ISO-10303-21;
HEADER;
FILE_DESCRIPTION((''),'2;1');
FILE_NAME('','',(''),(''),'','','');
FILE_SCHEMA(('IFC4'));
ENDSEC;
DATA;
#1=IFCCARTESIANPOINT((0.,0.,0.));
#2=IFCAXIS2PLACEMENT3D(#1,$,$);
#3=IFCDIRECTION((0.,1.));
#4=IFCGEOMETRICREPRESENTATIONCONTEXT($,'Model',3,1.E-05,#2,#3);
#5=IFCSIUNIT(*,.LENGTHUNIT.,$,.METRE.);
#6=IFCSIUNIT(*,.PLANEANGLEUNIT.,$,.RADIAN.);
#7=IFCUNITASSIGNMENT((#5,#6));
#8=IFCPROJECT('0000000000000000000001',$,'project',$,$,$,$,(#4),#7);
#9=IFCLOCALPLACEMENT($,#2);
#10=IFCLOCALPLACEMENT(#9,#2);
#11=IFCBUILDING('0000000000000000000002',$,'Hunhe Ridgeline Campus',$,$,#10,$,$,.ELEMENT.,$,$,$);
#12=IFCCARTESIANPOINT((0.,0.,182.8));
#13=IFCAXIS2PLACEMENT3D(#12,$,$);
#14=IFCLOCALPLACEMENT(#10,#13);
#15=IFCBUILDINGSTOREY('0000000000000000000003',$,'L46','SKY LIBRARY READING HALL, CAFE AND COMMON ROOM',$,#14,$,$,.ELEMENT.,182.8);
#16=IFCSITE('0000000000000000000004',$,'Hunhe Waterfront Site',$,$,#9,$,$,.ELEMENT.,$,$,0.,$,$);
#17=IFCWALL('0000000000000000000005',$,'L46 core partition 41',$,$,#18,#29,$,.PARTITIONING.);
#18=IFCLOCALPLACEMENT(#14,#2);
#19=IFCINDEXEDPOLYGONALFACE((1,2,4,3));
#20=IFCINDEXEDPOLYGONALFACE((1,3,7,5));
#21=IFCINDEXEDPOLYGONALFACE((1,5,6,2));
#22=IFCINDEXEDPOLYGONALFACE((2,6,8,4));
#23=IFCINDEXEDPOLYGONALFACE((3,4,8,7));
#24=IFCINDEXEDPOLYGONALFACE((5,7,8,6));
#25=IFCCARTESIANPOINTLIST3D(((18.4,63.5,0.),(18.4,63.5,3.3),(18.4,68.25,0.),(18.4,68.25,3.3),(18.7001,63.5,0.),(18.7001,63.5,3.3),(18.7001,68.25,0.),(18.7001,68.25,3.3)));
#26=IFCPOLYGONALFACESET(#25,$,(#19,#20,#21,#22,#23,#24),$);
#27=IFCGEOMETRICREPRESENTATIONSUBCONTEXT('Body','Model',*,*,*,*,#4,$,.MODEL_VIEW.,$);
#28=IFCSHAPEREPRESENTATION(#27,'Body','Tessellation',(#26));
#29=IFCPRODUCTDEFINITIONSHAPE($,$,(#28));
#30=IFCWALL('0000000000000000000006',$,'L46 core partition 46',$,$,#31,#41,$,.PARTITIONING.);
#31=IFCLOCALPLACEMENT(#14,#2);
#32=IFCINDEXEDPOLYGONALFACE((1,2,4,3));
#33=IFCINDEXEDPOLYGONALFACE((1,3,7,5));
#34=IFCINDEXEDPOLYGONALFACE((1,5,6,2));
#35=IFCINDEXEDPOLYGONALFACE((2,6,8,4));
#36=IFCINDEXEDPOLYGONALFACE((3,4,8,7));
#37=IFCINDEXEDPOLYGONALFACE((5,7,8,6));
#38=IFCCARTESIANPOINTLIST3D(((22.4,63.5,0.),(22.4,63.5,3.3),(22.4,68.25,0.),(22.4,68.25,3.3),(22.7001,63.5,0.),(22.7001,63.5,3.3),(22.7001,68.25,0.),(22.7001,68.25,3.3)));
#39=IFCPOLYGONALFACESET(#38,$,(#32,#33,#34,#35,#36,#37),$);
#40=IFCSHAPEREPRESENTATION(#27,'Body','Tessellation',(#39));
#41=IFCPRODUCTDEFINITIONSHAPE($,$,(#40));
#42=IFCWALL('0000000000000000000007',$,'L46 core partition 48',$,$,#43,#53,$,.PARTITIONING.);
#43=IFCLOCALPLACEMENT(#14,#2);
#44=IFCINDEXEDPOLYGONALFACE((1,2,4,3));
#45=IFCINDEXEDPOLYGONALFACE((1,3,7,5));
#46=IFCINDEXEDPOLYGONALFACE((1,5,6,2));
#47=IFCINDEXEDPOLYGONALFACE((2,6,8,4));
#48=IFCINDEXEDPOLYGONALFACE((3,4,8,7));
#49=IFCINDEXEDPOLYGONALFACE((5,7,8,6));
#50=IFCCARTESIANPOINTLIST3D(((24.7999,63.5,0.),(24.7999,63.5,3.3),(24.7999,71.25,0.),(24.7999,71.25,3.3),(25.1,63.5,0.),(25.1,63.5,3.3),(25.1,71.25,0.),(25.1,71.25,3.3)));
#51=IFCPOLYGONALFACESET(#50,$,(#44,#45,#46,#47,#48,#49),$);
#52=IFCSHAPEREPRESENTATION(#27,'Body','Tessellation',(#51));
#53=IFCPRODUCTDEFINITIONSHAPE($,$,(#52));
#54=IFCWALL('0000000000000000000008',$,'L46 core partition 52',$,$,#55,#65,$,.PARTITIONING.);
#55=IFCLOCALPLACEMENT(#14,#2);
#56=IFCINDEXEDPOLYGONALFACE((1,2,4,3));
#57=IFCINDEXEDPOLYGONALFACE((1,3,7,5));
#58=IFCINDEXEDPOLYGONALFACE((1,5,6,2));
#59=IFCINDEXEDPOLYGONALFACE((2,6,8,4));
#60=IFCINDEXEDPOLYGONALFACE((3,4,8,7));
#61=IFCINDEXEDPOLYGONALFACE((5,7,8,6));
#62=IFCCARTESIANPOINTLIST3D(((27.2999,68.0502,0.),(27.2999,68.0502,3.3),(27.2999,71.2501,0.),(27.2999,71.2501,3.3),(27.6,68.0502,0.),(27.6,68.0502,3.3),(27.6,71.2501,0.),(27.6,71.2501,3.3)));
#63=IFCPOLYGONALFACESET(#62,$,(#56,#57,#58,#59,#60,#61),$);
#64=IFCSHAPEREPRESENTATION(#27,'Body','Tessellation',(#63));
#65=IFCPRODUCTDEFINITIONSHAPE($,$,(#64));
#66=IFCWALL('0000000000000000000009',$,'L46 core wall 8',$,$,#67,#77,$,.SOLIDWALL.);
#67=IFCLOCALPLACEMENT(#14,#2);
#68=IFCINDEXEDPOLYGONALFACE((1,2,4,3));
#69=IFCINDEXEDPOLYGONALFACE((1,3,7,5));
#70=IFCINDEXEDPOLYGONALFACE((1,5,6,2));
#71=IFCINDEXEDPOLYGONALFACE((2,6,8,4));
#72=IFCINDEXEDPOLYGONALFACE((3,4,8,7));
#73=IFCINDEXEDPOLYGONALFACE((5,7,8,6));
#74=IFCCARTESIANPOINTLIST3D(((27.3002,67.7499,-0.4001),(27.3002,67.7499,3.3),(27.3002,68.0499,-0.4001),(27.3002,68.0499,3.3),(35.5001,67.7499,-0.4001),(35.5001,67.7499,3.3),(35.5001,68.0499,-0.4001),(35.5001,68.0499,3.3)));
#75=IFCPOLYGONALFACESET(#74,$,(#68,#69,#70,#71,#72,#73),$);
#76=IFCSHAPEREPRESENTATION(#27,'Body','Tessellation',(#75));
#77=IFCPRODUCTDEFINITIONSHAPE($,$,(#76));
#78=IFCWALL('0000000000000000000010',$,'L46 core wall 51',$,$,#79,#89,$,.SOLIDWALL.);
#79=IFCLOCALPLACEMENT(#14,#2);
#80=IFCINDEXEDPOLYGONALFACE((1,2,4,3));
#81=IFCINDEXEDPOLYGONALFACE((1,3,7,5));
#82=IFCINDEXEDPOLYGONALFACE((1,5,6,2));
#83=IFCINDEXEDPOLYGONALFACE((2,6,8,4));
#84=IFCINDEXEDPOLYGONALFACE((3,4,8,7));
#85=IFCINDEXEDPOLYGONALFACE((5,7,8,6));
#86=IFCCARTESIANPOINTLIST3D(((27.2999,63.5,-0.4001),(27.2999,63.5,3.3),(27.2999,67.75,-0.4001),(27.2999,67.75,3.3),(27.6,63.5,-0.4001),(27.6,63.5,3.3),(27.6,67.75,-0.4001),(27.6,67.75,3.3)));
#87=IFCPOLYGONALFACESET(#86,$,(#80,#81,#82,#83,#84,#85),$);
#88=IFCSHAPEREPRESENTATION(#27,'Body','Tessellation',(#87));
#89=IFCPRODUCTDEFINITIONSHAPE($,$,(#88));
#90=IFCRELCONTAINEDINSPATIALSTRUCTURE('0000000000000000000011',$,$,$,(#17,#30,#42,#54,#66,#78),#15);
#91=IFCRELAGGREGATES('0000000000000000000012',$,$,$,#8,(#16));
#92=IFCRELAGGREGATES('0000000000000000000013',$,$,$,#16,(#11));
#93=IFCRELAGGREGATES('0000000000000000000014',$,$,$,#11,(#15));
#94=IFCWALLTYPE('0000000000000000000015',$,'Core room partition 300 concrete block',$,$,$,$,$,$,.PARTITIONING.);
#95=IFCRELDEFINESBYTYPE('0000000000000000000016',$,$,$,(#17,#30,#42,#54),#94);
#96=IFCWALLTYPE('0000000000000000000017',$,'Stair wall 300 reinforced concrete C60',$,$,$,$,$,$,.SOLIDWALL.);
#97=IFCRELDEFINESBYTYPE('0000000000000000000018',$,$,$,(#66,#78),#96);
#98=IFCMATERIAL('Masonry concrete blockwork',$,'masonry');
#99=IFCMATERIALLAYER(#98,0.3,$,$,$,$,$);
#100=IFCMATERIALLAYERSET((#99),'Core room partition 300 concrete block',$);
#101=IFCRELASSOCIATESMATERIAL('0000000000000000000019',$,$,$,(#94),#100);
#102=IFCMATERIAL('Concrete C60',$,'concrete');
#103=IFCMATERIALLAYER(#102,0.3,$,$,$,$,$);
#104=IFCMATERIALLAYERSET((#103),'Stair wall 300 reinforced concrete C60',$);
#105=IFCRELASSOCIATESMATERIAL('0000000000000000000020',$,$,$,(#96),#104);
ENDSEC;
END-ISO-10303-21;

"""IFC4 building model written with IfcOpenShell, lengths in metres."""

from ifc_helpers import new_model, si_unit, direction, frame, frame_2d, origin, place, context, subcontext, project, spatial, rectangle, extrude, material, layer, layer_set, type_object, element, save


model = new_model("IFC4")

# Units and contexts
model_context = context("Model", 3, precision=1e-05, world=origin(), true_north=direction((0.0, 1.0)))
body_context = subcontext(model_context, "Body", "Model", "MODEL_VIEW")
ifc_project = project(units=[si_unit("LENGTHUNIT", "METRE"), si_unit("PLANEANGLEUNIT", "RADIAN")], contexts=[model_context])

# Site, building, storey
site_placement = place(None, origin())
site = spatial("IfcSite", under=ifc_project, at=site_placement, Name="Hunhe Waterfront Site", CompositionType="ELEMENT", RefElevation=0.0)
building_placement = place(site_placement, origin())
building = spatial("IfcBuilding", under=site, at=building_placement, Name="Hunhe Ridgeline Campus", CompositionType="ELEMENT")
storey_placement = place(building_placement, frame((0.0, 0.0, 182.8)))
storey = spatial("IfcBuildingStorey", under=building, at=storey_placement, Name="L46", Description="SKY LIBRARY READING HALL, CAFE AND COMMON ROOM", CompositionType="ELEMENT", Elevation=182.8)

# Shared definitions
ifc_material_1 = material(Name="Masonry concrete blockwork", Category="masonry")
ifc_layer_1 = layer(ifc_material_1, 0.3)
ifc_layer_set_1 = layer_set([ifc_layer_1], Name="Core room partition 300 concrete block")
wall_type_1 = type_object("IfcWallType", Name="Core room partition 300 concrete block", PredefinedType="PARTITIONING", material=ifc_layer_set_1)

# Walls
for number, where, z_axis, x_axis, name in (
    (1, (18.55, 63.5, 0.0), (0.0, 0.0, 1.0), (0.0, 1.0, 0.0), "L46 core partition 41"),
    (2, (22.55, 63.5, 0.0), (0.0, 0.0, 1.0), (0.0, 1.0, 0.0), "L46 core partition 46"),
):
    element("IfcWall", number, at=place(storey_placement, frame(where, z_axis=z_axis, x_axis=x_axis)), inside=storey, type_object=wall_type_1, Name=name, PredefinedType="PARTITIONING", context=body_context, shape_type="SweptSolid", body=[
        extrude(rectangle(XDim=4.75, YDim=0.3, at=frame_2d((2.375, 0.0))), origin(), (0.0, 0.0, 1.0), 3.3),
    ])
wall_1_placement = place(storey_placement, frame((24.95, 63.5, 0.0), z_axis=(0.0, 0.0, 1.0), x_axis=(0.0, 1.0, 0.0)))
element("IfcWall", 3, at=wall_1_placement, inside=storey, type_object=wall_type_1, Name="L46 core partition 48", PredefinedType="PARTITIONING", context=body_context, shape_type="SweptSolid", body=[
    extrude(rectangle(XDim=7.75, YDim=0.3, at=frame_2d((3.875, 0.0))), origin(), (0.0, 0.0, 1.0), 3.3),
])
wall_2_placement = place(storey_placement, frame((27.45, 68.05, 0.0), z_axis=(0.0, 0.0, 1.0), x_axis=(0.0, 1.0, 0.0)))
element("IfcWall", 4, at=wall_2_placement, inside=storey, type_object=wall_type_1, Name="L46 core partition 52", PredefinedType="PARTITIONING", context=body_context, shape_type="SweptSolid", body=[
    extrude(rectangle(XDim=3.2, YDim=0.3, at=frame_2d((1.6001, 0.0))), origin(), (0.0, 0.0, 1.0), 3.3),
])
ifc_material_2 = material(Name="Concrete C60", Category="concrete")
ifc_layer_2 = layer(ifc_material_2, 0.3)
ifc_layer_set_2 = layer_set([ifc_layer_2], Name="Stair wall 300 reinforced concrete C60")
wall_type_2 = type_object("IfcWallType", Name="Stair wall 300 reinforced concrete C60", PredefinedType="SOLIDWALL", material=ifc_layer_set_2)
wall_3_placement = place(storey_placement, frame((27.3, 67.8999, -0.4001), z_axis=(0.0, 0.0, 1.0), x_axis=(1.0, 0.0, 0.0)))
element("IfcWall", 5, at=wall_3_placement, inside=storey, type_object=wall_type_2, Name="L46 core wall 8", PredefinedType="SOLIDWALL", context=body_context, shape_type="SweptSolid", body=[
    extrude(rectangle(XDim=8.2, YDim=0.3, at=frame_2d((4.1001, 0.0))), origin(), (0.0, 0.0, 1.0), 3.7002),
])
wall_4_placement = place(storey_placement, frame((27.45, 63.5, -0.4001), z_axis=(0.0, 0.0, 1.0), x_axis=(0.0, 1.0, 0.0)))
element("IfcWall", 6, at=wall_4_placement, inside=storey, type_object=wall_type_2, Name="L46 core wall 51", PredefinedType="SOLIDWALL", context=body_context, shape_type="SweptSolid", body=[
    extrude(rectangle(XDim=4.25, YDim=0.3, at=frame_2d((2.125, 0.0))), origin(), (0.0, 0.0, 1.0), 3.7002),
])

save(model, "model.ifc")
